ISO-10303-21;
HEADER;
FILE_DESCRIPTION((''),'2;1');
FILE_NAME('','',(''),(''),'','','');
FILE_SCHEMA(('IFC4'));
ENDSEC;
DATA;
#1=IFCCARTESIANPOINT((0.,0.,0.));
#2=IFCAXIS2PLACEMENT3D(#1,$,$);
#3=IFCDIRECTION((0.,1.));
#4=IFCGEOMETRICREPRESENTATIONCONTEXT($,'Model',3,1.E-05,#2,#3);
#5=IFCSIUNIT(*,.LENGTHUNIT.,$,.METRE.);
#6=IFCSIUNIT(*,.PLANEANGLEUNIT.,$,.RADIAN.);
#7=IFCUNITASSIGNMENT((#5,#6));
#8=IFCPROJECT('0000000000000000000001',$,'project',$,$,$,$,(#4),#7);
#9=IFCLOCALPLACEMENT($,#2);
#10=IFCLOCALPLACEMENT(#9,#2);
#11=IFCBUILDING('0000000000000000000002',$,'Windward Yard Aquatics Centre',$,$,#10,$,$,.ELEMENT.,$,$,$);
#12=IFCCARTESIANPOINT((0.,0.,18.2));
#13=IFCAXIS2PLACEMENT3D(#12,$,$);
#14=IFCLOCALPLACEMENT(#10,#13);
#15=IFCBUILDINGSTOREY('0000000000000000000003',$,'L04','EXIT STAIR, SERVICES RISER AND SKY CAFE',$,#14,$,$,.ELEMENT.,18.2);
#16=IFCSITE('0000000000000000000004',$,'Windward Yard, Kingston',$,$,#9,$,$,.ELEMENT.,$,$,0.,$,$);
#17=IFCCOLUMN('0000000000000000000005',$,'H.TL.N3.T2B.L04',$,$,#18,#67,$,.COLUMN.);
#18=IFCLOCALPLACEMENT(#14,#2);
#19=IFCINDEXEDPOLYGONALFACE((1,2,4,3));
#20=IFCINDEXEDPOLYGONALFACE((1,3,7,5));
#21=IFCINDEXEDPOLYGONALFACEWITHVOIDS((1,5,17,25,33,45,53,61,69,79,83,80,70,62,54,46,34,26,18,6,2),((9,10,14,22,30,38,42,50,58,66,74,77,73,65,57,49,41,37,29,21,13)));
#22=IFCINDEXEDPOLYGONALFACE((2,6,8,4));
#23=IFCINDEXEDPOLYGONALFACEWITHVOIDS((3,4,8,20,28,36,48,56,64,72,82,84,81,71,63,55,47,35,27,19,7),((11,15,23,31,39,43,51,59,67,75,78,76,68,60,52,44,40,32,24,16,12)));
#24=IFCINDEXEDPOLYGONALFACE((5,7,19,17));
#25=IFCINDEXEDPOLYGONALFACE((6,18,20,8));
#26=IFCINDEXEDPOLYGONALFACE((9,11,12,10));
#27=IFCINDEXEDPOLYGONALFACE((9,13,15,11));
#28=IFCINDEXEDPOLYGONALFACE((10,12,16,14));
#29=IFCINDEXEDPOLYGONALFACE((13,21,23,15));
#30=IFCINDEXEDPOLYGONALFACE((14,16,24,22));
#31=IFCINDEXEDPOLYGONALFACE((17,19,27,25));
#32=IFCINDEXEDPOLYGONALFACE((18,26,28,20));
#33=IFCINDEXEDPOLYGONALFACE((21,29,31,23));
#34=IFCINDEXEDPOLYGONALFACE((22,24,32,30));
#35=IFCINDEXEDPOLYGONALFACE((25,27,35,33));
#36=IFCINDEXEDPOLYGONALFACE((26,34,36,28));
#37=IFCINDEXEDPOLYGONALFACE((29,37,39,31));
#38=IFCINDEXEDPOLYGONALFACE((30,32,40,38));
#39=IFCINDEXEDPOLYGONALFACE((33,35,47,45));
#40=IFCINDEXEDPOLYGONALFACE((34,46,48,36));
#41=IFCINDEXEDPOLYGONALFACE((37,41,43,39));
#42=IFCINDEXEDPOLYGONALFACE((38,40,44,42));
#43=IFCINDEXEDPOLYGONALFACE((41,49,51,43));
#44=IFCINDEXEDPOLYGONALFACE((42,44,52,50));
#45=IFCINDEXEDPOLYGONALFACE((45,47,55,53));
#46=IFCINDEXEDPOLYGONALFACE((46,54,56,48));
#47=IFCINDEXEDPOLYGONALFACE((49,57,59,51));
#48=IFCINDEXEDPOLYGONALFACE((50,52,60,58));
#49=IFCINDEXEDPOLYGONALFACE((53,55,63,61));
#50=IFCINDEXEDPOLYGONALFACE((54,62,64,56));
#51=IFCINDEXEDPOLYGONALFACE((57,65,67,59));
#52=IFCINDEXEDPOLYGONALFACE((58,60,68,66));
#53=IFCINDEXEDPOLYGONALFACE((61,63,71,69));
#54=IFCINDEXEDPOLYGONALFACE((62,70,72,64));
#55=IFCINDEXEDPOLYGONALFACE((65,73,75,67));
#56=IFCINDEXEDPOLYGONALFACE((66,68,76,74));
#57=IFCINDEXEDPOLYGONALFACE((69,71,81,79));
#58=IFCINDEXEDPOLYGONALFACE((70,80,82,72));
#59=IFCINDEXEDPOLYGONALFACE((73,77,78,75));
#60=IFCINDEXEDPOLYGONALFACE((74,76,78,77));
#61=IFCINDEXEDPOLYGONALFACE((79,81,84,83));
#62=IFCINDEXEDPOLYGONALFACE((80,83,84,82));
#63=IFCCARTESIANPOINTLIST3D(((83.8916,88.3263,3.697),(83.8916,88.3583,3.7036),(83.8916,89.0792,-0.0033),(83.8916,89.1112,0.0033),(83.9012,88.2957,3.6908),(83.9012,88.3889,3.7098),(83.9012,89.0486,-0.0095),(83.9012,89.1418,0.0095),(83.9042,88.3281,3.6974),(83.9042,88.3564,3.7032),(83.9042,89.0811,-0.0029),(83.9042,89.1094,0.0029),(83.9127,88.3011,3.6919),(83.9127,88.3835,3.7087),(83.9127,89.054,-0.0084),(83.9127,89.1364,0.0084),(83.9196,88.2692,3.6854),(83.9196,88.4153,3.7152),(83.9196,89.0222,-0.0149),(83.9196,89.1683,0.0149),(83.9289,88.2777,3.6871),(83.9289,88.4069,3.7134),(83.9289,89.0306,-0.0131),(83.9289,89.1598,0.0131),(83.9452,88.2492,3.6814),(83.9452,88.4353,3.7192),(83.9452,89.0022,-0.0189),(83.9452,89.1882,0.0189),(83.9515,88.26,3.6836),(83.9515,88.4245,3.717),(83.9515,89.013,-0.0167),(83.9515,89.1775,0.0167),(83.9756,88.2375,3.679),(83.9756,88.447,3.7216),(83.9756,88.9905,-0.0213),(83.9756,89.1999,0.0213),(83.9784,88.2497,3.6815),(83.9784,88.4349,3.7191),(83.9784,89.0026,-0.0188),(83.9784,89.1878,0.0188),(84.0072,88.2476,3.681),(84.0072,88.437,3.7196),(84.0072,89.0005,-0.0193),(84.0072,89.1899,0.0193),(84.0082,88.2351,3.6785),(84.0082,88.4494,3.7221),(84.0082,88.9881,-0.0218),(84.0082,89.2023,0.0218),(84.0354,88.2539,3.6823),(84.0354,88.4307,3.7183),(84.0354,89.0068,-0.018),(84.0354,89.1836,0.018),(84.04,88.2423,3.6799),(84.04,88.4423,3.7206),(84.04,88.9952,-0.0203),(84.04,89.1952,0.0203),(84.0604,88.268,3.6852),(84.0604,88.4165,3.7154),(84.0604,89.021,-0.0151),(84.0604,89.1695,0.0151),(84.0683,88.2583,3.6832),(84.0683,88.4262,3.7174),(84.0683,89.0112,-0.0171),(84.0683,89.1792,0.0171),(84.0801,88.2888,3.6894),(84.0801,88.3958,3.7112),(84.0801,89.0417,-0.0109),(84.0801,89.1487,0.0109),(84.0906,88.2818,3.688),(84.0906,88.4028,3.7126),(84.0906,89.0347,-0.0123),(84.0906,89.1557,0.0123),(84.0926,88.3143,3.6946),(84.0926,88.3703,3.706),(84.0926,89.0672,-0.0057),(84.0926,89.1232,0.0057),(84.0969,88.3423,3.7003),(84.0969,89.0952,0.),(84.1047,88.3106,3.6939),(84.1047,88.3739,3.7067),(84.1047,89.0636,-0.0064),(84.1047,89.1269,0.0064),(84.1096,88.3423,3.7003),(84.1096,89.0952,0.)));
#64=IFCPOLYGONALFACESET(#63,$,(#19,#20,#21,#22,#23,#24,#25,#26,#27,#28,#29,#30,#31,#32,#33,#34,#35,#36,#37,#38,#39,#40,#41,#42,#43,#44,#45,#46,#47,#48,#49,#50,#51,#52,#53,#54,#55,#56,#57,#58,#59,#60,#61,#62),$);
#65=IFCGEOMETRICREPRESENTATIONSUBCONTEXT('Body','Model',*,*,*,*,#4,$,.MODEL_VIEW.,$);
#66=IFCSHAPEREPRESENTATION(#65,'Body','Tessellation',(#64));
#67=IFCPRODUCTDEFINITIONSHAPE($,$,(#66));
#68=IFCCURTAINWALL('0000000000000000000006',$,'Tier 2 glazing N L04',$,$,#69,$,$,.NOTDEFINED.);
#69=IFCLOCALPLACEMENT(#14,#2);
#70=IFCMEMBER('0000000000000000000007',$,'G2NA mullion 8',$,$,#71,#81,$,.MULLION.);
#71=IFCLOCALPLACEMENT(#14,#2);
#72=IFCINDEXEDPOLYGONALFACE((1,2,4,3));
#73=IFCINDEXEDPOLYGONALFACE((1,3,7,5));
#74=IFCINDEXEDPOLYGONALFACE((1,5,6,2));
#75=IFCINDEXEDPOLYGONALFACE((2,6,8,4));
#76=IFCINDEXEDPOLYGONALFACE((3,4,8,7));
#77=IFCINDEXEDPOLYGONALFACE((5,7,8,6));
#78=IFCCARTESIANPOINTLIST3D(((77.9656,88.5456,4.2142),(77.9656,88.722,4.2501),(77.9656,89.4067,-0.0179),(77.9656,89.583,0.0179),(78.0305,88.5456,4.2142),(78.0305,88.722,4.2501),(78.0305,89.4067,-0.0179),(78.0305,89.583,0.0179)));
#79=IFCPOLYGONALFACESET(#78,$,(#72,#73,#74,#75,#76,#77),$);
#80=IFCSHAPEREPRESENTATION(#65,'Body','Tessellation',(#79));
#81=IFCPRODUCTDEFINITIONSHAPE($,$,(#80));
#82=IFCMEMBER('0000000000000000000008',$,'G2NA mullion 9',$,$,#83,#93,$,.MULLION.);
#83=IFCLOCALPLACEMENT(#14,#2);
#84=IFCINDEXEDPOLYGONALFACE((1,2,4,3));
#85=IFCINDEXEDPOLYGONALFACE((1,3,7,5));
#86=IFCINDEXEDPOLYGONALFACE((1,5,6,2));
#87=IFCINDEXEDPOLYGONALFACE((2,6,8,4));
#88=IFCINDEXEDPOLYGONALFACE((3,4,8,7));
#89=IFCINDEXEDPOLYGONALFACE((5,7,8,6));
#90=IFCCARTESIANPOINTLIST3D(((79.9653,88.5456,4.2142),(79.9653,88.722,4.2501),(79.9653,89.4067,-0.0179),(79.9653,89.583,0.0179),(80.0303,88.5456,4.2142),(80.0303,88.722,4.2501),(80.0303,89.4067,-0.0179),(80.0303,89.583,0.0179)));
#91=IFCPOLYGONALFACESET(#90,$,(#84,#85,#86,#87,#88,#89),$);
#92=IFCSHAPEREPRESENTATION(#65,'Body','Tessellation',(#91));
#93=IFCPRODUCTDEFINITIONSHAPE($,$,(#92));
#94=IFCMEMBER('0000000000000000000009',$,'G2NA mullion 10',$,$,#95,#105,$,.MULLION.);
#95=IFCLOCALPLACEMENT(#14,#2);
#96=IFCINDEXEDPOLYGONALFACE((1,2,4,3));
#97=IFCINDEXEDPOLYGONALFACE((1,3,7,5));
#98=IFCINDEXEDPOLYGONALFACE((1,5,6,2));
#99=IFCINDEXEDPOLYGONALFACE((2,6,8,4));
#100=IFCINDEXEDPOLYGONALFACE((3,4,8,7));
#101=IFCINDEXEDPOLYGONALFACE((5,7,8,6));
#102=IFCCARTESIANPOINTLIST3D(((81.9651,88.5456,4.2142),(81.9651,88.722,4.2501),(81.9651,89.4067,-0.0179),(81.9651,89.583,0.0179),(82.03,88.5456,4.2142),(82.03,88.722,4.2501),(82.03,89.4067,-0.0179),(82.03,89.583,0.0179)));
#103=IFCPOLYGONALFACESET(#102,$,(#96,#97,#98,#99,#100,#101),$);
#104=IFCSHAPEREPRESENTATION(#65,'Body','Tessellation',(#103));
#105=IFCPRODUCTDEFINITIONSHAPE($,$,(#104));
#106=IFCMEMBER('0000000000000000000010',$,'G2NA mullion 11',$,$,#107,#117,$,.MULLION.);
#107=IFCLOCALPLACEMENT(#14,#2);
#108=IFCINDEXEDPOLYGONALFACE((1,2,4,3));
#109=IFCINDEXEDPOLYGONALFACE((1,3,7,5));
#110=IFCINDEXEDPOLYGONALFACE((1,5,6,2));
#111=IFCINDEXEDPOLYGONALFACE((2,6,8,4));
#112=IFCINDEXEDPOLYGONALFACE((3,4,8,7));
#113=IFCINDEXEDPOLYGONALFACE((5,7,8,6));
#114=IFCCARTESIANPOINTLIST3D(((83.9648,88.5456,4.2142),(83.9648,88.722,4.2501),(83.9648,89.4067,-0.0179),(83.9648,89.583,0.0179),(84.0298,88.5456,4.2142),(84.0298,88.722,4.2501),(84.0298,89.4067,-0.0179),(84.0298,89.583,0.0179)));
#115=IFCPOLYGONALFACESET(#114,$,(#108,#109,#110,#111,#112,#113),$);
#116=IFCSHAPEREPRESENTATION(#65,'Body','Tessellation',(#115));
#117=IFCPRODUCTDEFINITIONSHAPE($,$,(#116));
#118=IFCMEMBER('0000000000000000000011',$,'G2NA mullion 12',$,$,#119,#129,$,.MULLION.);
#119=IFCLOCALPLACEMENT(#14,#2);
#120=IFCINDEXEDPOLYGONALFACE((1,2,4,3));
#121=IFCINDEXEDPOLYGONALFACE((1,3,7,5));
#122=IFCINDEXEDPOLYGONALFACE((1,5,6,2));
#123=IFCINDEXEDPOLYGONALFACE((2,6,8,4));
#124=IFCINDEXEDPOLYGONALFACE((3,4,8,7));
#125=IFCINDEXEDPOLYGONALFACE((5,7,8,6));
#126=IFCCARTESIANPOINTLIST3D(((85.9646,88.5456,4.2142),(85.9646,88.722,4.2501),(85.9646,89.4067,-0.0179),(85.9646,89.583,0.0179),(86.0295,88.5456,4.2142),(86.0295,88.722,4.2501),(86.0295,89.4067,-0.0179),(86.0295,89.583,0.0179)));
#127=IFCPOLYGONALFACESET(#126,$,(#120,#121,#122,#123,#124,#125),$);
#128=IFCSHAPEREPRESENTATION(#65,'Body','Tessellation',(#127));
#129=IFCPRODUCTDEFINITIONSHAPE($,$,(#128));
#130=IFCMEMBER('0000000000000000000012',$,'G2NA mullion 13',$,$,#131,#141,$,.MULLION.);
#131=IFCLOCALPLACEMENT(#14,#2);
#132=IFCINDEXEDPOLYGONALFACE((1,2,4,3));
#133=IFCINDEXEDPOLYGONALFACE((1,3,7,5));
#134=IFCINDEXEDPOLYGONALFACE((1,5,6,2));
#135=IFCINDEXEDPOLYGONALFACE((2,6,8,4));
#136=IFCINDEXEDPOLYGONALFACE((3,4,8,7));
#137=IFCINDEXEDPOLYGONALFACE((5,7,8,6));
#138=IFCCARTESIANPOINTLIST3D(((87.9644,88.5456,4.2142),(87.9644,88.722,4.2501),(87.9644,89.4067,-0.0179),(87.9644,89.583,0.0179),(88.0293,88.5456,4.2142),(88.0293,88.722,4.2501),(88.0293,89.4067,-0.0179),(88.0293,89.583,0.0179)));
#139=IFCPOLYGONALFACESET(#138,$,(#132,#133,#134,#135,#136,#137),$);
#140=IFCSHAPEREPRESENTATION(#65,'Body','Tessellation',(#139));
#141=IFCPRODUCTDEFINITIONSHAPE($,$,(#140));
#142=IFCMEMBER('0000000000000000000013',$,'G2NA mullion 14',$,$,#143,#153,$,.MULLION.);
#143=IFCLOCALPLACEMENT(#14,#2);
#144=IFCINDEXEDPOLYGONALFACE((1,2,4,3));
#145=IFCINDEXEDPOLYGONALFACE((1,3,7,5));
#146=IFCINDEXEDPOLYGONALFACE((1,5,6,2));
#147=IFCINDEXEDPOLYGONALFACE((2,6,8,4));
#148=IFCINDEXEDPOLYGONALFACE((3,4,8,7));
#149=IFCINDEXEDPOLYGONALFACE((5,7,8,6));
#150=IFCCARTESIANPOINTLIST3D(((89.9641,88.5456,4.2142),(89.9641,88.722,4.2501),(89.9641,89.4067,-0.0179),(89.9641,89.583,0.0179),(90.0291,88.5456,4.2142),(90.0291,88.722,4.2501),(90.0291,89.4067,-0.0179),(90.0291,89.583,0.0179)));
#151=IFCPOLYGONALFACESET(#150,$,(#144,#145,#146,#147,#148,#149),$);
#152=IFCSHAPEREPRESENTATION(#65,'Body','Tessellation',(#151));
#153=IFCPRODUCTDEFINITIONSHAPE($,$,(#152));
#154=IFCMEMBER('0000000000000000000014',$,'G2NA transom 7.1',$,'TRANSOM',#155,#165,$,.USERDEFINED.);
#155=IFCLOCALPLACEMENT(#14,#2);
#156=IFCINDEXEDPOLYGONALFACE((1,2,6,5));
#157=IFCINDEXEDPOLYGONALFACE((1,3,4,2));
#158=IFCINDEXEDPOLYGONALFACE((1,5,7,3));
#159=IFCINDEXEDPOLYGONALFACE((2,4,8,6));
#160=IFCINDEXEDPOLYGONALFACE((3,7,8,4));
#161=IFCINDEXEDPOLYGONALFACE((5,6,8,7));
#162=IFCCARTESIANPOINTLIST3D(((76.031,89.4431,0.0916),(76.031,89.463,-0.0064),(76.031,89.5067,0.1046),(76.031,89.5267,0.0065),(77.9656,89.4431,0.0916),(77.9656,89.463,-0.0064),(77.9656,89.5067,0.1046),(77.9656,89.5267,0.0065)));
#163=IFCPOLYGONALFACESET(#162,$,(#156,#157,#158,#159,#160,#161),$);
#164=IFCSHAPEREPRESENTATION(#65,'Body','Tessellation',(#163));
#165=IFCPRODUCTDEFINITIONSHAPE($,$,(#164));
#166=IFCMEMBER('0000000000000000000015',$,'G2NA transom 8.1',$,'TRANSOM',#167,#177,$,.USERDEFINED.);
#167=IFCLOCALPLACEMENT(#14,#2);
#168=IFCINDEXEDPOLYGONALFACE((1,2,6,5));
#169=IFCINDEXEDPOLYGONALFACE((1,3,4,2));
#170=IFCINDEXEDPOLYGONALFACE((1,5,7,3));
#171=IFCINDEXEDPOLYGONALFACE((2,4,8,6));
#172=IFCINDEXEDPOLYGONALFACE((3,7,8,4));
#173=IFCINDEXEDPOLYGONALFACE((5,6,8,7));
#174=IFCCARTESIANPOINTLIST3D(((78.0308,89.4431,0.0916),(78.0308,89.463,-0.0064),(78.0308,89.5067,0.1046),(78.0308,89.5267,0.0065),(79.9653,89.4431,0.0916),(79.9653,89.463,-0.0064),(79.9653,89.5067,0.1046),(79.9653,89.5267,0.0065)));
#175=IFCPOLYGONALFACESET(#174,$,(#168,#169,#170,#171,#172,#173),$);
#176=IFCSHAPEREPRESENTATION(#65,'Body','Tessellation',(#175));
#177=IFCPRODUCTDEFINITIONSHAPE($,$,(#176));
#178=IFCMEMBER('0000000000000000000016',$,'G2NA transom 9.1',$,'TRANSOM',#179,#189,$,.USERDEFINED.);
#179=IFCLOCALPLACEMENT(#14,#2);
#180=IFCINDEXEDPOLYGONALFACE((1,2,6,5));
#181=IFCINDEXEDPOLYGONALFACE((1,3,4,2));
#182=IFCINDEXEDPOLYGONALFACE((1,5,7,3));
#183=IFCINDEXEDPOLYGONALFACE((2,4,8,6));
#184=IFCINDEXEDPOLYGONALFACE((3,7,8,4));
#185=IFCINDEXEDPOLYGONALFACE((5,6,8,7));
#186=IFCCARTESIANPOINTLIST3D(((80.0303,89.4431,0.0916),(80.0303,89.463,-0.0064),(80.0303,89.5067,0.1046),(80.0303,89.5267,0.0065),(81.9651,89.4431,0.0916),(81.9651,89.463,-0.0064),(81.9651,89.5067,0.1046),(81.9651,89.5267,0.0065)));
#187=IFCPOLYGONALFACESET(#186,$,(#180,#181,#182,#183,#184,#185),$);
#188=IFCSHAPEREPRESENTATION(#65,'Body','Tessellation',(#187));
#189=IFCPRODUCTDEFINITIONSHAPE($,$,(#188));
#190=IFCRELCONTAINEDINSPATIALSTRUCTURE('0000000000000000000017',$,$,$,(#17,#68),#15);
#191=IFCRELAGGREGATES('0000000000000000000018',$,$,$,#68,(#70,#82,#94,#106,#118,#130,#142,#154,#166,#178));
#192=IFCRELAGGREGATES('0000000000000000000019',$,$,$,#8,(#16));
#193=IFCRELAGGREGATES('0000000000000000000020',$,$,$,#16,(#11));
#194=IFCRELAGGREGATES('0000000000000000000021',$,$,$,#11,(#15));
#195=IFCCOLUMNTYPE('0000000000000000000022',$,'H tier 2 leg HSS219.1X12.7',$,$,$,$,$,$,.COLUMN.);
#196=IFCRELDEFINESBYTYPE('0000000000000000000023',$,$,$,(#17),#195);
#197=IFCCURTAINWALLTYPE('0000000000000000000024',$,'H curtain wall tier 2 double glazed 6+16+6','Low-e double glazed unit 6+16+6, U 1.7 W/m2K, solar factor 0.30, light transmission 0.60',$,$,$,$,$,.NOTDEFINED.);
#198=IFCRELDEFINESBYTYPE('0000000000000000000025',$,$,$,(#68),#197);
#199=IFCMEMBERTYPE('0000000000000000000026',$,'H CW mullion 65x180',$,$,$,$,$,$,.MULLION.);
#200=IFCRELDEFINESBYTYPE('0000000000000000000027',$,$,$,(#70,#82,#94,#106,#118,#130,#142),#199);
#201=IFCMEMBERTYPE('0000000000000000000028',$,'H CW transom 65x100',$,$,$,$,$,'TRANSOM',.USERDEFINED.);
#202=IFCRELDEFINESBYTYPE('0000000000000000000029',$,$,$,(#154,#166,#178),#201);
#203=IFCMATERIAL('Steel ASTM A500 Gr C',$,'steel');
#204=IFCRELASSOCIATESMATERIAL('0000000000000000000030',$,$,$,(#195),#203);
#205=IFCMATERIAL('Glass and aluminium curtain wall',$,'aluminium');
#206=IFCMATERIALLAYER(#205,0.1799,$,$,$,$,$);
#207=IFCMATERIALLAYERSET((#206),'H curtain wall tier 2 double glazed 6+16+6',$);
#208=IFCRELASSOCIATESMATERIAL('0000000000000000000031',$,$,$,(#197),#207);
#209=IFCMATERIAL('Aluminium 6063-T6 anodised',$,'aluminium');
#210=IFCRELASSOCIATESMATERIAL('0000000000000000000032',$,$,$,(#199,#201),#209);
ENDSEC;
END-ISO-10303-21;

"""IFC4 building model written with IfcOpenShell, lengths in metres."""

from ifc_helpers import new_model, si_unit, direction, frame, origin, origin_2d, place, context, subcontext, project, spatial, rectangle, hollow_circle, extrude, material, layer, layer_set, material_profile, profile_set, type_object, element, aggregate, save


model = new_model("IFC4")

# Units and contexts
model_context = context("Model", 3, precision=1e-05, world=origin(), true_north=direction((0.0, 1.0)))
body_context = subcontext(model_context, "Body", "Model", "MODEL_VIEW")
ifc_project = project(units=[si_unit("LENGTHUNIT", "METRE"), si_unit("PLANEANGLEUNIT", "RADIAN")], contexts=[model_context])

# Site, building, storey
site_placement = place(None, origin())
site = spatial("IfcSite", under=ifc_project, at=site_placement, Name="Windward Yard, Kingston", CompositionType="ELEMENT", RefElevation=0.0)
building_placement = place(site_placement, origin())
building = spatial("IfcBuilding", under=site, at=building_placement, Name="Windward Yard Aquatics Centre", CompositionType="ELEMENT")
storey_placement = place(building_placement, frame((0.0, 0.0, 18.2)))
storey = spatial("IfcBuildingStorey", under=building, at=storey_placement, Name="L04", Description="EXIT STAIR, SERVICES RISER AND SKY CAFE", CompositionType="ELEMENT", Elevation=18.2)

# Column
ifc_material_1 = material(Name="Steel ASTM A500 Gr C", Category="steel")
ifc_material_profile_1 = material_profile(ifc_material_1, hollow_circle(Radius=0.1096, WallThickness=0.0127, at=origin_2d()), Name="HSS219.1X12.7")
ifc_profile_set_1 = profile_set([ifc_material_profile_1], Name="Steel ASTM A500 Gr C")
column_type = type_object("IfcColumnType", Name="H tier 2 leg HSS219.1X12.7", PredefinedType="COLUMN", material=ifc_profile_set_1)
column_placement = place(storey_placement, frame((84.0, 89.0952, 0.0), z_axis=(0.0, -0.199398, 0.979919), x_axis=(1.0, 0.0, 0.0)))
element("IfcColumn", 1, at=column_placement, inside=storey, type_object=column_type, Name="H.TL.N3.T2B.L04", PredefinedType="COLUMN", context=body_context, shape_type="SweptSolid", body=[
    extrude(hollow_circle(Radius=0.1096, WallThickness=0.0127, at=origin_2d()), origin(), (0.0, 0.0, 1.0), 3.7761),
])

# Curtain wall, members
ifc_material_2 = material(Name="Glass and aluminium curtain wall", Category="aluminium")
ifc_layer_1 = layer(ifc_material_2, 0.1799)
ifc_layer_set_1 = layer_set([ifc_layer_1], Name="H curtain wall tier 2 double glazed 6+16+6")
curtain_wall_type = type_object("IfcCurtainWallType", Name="H curtain wall tier 2 double glazed 6+16+6", Description="Low-e double glazed unit 6+16+6, U 1.7 W/m2K, solar factor 0.30, light transmission 0.60", PredefinedType="NOTDEFINED", material=ifc_layer_set_1)
curtain_wall_placement = place(storey_placement, origin())
curtain_wall = element("IfcCurtainWall", 2, at=curtain_wall_placement, inside=storey, type_object=curtain_wall_type, Name="Tier 2 glazing N L04", PredefinedType="NOTDEFINED")
ifc_material_3 = material(Name="Aluminium 6063-T6 anodised", Category="aluminium")
ifc_material_profile_2 = material_profile(ifc_material_3, rectangle(XDim=0.0649, YDim=0.1799, at=origin_2d()), Name="H CW mullion 65x180")
ifc_profile_set_2 = profile_set([ifc_material_profile_2], Name="Aluminium 6063-T6 anodised")
member_type_1 = type_object("IfcMemberType", Name="H CW mullion 65x180", PredefinedType="MULLION", material=ifc_profile_set_2)
member_1_placement = place(storey_placement, frame((77.998, 89.4949, 0.0), z_axis=(0.0, -0.199376, 0.979923), x_axis=(1.0, 0.0, 0.0)))
member_1 = element("IfcMember", 3, at=member_1_placement, type_object=member_type_1, Name="G2NA mullion 8", PredefinedType="MULLION", context=body_context, shape_type="SweptSolid", body=[
    extrude(rectangle(XDim=0.0649, YDim=0.1799, at=origin_2d()), origin(), (0.0, 0.0, 1.0), 4.3188),
])
member_2_placement = place(storey_placement, frame((79.9978, 89.4949, 0.0), z_axis=(0.0, -0.199376, 0.979923), x_axis=(1.0, 0.0, 0.0)))
member_2 = element("IfcMember", 4, at=member_2_placement, type_object=member_type_1, Name="G2NA mullion 9", PredefinedType="MULLION", context=body_context, shape_type="SweptSolid", body=[
    extrude(rectangle(XDim=0.0649, YDim=0.1799, at=origin_2d()), origin(), (0.0, 0.0, 1.0), 4.3188),
])
member_3_placement = place(storey_placement, frame((81.9976, 89.4949, 0.0), z_axis=(0.0, -0.199376, 0.979923), x_axis=(1.0, 0.0, 0.0)))
member_3 = element("IfcMember", 5, at=member_3_placement, type_object=member_type_1, Name="G2NA mullion 10", PredefinedType="MULLION", context=body_context, shape_type="SweptSolid", body=[
    extrude(rectangle(XDim=0.0649, YDim=0.1799, at=origin_2d()), origin(), (0.0, 0.0, 1.0), 4.3188),
])
member_4_placement = place(storey_placement, frame((83.9973, 89.4949, 0.0), z_axis=(0.0, -0.199376, 0.979923), x_axis=(1.0, 0.0, 0.0)))
member_4 = element("IfcMember", 6, at=member_4_placement, type_object=member_type_1, Name="G2NA mullion 11", PredefinedType="MULLION", context=body_context, shape_type="SweptSolid", body=[
    extrude(rectangle(XDim=0.0649, YDim=0.1799, at=origin_2d()), origin(), (0.0, 0.0, 1.0), 4.3188),
])
member_5_placement = place(storey_placement, frame((85.9971, 89.4949, 0.0), z_axis=(0.0, -0.199376, 0.979923), x_axis=(1.0, 0.0, 0.0)))
member_5 = element("IfcMember", 7, at=member_5_placement, type_object=member_type_1, Name="G2NA mullion 12", PredefinedType="MULLION", context=body_context, shape_type="SweptSolid", body=[
    extrude(rectangle(XDim=0.0649, YDim=0.1799, at=origin_2d()), origin(), (0.0, 0.0, 1.0), 4.3188),
])
member_6_placement = place(storey_placement, frame((87.9968, 89.4949, 0.0), z_axis=(0.0, -0.199376, 0.979923), x_axis=(1.0, 0.0, 0.0)))
member_6 = element("IfcMember", 8, at=member_6_placement, type_object=member_type_1, Name="G2NA mullion 13", PredefinedType="MULLION", context=body_context, shape_type="SweptSolid", body=[
    extrude(rectangle(XDim=0.0649, YDim=0.1799, at=origin_2d()), origin(), (0.0, 0.0, 1.0), 4.3188),
])
member_7_placement = place(storey_placement, frame((89.9966, 89.4949, 0.0), z_axis=(0.0, -0.199376, 0.979923), x_axis=(1.0, 0.0, 0.0)))
member_7 = element("IfcMember", 9, at=member_7_placement, type_object=member_type_1, Name="G2NA mullion 14", PredefinedType="MULLION", context=body_context, shape_type="SweptSolid", body=[
    extrude(rectangle(XDim=0.0649, YDim=0.1799, at=origin_2d()), origin(), (0.0, 0.0, 1.0), 4.3188),
])
ifc_material_profile_3 = material_profile(ifc_material_3, rectangle(XDim=0.0649, YDim=0.1001, at=origin_2d()), Name="H CW transom 65x100")
ifc_profile_set_3 = profile_set([ifc_material_profile_3], Name="Aluminium 6063-T6 anodised")
member_type_2 = type_object("IfcMemberType", Name="H CW transom 65x100", ElementType="TRANSOM", PredefinedType="USERDEFINED", material=ifc_profile_set_3)
member_8_placement = place(storey_placement, frame((76.031, 89.4849, 0.0491), z_axis=(1.0, 0.0, 0.0), x_axis=(0.0, 0.979925, 0.199368)))
member_8 = element("IfcMember", 10, at=member_8_placement, type_object=member_type_2, Name="G2NA transom 7.1", ObjectType="TRANSOM", PredefinedType="USERDEFINED", context=body_context, shape_type="SweptSolid", body=[
    extrude(rectangle(XDim=0.0649, YDim=0.1001, at=origin_2d()), origin(), (0.0, 0.0, 1.0), 1.9346),
])
member_9_placement = place(storey_placement, frame((78.0308, 89.4849, 0.0491), z_axis=(1.0, 0.0, 0.0), x_axis=(0.0, 0.979925, 0.199368)))
member_9 = element("IfcMember", 11, at=member_9_placement, type_object=member_type_2, Name="G2NA transom 8.1", ObjectType="TRANSOM", PredefinedType="USERDEFINED", context=body_context, shape_type="SweptSolid", body=[
    extrude(rectangle(XDim=0.0649, YDim=0.1001, at=origin_2d()), origin(), (0.0, 0.0, 1.0), 1.9346),
])
member_10_placement = place(storey_placement, frame((80.0303, 89.4849, 0.0491), z_axis=(1.0, 0.0, 0.0), x_axis=(0.0, 0.979925, 0.199368)))
member_10 = element("IfcMember", 12, at=member_10_placement, type_object=member_type_2, Name="G2NA transom 9.1", ObjectType="TRANSOM", PredefinedType="USERDEFINED", context=body_context, shape_type="SweptSolid", body=[
    extrude(rectangle(XDim=0.0649, YDim=0.1001, at=origin_2d()), origin(), (0.0, 0.0, 1.0), 1.9348),
])

aggregate(curtain_wall, [member_1, member_2, member_3, member_4, member_5, member_6, member_7, member_8, member_9, member_10])

save(model, "model.ifc")
